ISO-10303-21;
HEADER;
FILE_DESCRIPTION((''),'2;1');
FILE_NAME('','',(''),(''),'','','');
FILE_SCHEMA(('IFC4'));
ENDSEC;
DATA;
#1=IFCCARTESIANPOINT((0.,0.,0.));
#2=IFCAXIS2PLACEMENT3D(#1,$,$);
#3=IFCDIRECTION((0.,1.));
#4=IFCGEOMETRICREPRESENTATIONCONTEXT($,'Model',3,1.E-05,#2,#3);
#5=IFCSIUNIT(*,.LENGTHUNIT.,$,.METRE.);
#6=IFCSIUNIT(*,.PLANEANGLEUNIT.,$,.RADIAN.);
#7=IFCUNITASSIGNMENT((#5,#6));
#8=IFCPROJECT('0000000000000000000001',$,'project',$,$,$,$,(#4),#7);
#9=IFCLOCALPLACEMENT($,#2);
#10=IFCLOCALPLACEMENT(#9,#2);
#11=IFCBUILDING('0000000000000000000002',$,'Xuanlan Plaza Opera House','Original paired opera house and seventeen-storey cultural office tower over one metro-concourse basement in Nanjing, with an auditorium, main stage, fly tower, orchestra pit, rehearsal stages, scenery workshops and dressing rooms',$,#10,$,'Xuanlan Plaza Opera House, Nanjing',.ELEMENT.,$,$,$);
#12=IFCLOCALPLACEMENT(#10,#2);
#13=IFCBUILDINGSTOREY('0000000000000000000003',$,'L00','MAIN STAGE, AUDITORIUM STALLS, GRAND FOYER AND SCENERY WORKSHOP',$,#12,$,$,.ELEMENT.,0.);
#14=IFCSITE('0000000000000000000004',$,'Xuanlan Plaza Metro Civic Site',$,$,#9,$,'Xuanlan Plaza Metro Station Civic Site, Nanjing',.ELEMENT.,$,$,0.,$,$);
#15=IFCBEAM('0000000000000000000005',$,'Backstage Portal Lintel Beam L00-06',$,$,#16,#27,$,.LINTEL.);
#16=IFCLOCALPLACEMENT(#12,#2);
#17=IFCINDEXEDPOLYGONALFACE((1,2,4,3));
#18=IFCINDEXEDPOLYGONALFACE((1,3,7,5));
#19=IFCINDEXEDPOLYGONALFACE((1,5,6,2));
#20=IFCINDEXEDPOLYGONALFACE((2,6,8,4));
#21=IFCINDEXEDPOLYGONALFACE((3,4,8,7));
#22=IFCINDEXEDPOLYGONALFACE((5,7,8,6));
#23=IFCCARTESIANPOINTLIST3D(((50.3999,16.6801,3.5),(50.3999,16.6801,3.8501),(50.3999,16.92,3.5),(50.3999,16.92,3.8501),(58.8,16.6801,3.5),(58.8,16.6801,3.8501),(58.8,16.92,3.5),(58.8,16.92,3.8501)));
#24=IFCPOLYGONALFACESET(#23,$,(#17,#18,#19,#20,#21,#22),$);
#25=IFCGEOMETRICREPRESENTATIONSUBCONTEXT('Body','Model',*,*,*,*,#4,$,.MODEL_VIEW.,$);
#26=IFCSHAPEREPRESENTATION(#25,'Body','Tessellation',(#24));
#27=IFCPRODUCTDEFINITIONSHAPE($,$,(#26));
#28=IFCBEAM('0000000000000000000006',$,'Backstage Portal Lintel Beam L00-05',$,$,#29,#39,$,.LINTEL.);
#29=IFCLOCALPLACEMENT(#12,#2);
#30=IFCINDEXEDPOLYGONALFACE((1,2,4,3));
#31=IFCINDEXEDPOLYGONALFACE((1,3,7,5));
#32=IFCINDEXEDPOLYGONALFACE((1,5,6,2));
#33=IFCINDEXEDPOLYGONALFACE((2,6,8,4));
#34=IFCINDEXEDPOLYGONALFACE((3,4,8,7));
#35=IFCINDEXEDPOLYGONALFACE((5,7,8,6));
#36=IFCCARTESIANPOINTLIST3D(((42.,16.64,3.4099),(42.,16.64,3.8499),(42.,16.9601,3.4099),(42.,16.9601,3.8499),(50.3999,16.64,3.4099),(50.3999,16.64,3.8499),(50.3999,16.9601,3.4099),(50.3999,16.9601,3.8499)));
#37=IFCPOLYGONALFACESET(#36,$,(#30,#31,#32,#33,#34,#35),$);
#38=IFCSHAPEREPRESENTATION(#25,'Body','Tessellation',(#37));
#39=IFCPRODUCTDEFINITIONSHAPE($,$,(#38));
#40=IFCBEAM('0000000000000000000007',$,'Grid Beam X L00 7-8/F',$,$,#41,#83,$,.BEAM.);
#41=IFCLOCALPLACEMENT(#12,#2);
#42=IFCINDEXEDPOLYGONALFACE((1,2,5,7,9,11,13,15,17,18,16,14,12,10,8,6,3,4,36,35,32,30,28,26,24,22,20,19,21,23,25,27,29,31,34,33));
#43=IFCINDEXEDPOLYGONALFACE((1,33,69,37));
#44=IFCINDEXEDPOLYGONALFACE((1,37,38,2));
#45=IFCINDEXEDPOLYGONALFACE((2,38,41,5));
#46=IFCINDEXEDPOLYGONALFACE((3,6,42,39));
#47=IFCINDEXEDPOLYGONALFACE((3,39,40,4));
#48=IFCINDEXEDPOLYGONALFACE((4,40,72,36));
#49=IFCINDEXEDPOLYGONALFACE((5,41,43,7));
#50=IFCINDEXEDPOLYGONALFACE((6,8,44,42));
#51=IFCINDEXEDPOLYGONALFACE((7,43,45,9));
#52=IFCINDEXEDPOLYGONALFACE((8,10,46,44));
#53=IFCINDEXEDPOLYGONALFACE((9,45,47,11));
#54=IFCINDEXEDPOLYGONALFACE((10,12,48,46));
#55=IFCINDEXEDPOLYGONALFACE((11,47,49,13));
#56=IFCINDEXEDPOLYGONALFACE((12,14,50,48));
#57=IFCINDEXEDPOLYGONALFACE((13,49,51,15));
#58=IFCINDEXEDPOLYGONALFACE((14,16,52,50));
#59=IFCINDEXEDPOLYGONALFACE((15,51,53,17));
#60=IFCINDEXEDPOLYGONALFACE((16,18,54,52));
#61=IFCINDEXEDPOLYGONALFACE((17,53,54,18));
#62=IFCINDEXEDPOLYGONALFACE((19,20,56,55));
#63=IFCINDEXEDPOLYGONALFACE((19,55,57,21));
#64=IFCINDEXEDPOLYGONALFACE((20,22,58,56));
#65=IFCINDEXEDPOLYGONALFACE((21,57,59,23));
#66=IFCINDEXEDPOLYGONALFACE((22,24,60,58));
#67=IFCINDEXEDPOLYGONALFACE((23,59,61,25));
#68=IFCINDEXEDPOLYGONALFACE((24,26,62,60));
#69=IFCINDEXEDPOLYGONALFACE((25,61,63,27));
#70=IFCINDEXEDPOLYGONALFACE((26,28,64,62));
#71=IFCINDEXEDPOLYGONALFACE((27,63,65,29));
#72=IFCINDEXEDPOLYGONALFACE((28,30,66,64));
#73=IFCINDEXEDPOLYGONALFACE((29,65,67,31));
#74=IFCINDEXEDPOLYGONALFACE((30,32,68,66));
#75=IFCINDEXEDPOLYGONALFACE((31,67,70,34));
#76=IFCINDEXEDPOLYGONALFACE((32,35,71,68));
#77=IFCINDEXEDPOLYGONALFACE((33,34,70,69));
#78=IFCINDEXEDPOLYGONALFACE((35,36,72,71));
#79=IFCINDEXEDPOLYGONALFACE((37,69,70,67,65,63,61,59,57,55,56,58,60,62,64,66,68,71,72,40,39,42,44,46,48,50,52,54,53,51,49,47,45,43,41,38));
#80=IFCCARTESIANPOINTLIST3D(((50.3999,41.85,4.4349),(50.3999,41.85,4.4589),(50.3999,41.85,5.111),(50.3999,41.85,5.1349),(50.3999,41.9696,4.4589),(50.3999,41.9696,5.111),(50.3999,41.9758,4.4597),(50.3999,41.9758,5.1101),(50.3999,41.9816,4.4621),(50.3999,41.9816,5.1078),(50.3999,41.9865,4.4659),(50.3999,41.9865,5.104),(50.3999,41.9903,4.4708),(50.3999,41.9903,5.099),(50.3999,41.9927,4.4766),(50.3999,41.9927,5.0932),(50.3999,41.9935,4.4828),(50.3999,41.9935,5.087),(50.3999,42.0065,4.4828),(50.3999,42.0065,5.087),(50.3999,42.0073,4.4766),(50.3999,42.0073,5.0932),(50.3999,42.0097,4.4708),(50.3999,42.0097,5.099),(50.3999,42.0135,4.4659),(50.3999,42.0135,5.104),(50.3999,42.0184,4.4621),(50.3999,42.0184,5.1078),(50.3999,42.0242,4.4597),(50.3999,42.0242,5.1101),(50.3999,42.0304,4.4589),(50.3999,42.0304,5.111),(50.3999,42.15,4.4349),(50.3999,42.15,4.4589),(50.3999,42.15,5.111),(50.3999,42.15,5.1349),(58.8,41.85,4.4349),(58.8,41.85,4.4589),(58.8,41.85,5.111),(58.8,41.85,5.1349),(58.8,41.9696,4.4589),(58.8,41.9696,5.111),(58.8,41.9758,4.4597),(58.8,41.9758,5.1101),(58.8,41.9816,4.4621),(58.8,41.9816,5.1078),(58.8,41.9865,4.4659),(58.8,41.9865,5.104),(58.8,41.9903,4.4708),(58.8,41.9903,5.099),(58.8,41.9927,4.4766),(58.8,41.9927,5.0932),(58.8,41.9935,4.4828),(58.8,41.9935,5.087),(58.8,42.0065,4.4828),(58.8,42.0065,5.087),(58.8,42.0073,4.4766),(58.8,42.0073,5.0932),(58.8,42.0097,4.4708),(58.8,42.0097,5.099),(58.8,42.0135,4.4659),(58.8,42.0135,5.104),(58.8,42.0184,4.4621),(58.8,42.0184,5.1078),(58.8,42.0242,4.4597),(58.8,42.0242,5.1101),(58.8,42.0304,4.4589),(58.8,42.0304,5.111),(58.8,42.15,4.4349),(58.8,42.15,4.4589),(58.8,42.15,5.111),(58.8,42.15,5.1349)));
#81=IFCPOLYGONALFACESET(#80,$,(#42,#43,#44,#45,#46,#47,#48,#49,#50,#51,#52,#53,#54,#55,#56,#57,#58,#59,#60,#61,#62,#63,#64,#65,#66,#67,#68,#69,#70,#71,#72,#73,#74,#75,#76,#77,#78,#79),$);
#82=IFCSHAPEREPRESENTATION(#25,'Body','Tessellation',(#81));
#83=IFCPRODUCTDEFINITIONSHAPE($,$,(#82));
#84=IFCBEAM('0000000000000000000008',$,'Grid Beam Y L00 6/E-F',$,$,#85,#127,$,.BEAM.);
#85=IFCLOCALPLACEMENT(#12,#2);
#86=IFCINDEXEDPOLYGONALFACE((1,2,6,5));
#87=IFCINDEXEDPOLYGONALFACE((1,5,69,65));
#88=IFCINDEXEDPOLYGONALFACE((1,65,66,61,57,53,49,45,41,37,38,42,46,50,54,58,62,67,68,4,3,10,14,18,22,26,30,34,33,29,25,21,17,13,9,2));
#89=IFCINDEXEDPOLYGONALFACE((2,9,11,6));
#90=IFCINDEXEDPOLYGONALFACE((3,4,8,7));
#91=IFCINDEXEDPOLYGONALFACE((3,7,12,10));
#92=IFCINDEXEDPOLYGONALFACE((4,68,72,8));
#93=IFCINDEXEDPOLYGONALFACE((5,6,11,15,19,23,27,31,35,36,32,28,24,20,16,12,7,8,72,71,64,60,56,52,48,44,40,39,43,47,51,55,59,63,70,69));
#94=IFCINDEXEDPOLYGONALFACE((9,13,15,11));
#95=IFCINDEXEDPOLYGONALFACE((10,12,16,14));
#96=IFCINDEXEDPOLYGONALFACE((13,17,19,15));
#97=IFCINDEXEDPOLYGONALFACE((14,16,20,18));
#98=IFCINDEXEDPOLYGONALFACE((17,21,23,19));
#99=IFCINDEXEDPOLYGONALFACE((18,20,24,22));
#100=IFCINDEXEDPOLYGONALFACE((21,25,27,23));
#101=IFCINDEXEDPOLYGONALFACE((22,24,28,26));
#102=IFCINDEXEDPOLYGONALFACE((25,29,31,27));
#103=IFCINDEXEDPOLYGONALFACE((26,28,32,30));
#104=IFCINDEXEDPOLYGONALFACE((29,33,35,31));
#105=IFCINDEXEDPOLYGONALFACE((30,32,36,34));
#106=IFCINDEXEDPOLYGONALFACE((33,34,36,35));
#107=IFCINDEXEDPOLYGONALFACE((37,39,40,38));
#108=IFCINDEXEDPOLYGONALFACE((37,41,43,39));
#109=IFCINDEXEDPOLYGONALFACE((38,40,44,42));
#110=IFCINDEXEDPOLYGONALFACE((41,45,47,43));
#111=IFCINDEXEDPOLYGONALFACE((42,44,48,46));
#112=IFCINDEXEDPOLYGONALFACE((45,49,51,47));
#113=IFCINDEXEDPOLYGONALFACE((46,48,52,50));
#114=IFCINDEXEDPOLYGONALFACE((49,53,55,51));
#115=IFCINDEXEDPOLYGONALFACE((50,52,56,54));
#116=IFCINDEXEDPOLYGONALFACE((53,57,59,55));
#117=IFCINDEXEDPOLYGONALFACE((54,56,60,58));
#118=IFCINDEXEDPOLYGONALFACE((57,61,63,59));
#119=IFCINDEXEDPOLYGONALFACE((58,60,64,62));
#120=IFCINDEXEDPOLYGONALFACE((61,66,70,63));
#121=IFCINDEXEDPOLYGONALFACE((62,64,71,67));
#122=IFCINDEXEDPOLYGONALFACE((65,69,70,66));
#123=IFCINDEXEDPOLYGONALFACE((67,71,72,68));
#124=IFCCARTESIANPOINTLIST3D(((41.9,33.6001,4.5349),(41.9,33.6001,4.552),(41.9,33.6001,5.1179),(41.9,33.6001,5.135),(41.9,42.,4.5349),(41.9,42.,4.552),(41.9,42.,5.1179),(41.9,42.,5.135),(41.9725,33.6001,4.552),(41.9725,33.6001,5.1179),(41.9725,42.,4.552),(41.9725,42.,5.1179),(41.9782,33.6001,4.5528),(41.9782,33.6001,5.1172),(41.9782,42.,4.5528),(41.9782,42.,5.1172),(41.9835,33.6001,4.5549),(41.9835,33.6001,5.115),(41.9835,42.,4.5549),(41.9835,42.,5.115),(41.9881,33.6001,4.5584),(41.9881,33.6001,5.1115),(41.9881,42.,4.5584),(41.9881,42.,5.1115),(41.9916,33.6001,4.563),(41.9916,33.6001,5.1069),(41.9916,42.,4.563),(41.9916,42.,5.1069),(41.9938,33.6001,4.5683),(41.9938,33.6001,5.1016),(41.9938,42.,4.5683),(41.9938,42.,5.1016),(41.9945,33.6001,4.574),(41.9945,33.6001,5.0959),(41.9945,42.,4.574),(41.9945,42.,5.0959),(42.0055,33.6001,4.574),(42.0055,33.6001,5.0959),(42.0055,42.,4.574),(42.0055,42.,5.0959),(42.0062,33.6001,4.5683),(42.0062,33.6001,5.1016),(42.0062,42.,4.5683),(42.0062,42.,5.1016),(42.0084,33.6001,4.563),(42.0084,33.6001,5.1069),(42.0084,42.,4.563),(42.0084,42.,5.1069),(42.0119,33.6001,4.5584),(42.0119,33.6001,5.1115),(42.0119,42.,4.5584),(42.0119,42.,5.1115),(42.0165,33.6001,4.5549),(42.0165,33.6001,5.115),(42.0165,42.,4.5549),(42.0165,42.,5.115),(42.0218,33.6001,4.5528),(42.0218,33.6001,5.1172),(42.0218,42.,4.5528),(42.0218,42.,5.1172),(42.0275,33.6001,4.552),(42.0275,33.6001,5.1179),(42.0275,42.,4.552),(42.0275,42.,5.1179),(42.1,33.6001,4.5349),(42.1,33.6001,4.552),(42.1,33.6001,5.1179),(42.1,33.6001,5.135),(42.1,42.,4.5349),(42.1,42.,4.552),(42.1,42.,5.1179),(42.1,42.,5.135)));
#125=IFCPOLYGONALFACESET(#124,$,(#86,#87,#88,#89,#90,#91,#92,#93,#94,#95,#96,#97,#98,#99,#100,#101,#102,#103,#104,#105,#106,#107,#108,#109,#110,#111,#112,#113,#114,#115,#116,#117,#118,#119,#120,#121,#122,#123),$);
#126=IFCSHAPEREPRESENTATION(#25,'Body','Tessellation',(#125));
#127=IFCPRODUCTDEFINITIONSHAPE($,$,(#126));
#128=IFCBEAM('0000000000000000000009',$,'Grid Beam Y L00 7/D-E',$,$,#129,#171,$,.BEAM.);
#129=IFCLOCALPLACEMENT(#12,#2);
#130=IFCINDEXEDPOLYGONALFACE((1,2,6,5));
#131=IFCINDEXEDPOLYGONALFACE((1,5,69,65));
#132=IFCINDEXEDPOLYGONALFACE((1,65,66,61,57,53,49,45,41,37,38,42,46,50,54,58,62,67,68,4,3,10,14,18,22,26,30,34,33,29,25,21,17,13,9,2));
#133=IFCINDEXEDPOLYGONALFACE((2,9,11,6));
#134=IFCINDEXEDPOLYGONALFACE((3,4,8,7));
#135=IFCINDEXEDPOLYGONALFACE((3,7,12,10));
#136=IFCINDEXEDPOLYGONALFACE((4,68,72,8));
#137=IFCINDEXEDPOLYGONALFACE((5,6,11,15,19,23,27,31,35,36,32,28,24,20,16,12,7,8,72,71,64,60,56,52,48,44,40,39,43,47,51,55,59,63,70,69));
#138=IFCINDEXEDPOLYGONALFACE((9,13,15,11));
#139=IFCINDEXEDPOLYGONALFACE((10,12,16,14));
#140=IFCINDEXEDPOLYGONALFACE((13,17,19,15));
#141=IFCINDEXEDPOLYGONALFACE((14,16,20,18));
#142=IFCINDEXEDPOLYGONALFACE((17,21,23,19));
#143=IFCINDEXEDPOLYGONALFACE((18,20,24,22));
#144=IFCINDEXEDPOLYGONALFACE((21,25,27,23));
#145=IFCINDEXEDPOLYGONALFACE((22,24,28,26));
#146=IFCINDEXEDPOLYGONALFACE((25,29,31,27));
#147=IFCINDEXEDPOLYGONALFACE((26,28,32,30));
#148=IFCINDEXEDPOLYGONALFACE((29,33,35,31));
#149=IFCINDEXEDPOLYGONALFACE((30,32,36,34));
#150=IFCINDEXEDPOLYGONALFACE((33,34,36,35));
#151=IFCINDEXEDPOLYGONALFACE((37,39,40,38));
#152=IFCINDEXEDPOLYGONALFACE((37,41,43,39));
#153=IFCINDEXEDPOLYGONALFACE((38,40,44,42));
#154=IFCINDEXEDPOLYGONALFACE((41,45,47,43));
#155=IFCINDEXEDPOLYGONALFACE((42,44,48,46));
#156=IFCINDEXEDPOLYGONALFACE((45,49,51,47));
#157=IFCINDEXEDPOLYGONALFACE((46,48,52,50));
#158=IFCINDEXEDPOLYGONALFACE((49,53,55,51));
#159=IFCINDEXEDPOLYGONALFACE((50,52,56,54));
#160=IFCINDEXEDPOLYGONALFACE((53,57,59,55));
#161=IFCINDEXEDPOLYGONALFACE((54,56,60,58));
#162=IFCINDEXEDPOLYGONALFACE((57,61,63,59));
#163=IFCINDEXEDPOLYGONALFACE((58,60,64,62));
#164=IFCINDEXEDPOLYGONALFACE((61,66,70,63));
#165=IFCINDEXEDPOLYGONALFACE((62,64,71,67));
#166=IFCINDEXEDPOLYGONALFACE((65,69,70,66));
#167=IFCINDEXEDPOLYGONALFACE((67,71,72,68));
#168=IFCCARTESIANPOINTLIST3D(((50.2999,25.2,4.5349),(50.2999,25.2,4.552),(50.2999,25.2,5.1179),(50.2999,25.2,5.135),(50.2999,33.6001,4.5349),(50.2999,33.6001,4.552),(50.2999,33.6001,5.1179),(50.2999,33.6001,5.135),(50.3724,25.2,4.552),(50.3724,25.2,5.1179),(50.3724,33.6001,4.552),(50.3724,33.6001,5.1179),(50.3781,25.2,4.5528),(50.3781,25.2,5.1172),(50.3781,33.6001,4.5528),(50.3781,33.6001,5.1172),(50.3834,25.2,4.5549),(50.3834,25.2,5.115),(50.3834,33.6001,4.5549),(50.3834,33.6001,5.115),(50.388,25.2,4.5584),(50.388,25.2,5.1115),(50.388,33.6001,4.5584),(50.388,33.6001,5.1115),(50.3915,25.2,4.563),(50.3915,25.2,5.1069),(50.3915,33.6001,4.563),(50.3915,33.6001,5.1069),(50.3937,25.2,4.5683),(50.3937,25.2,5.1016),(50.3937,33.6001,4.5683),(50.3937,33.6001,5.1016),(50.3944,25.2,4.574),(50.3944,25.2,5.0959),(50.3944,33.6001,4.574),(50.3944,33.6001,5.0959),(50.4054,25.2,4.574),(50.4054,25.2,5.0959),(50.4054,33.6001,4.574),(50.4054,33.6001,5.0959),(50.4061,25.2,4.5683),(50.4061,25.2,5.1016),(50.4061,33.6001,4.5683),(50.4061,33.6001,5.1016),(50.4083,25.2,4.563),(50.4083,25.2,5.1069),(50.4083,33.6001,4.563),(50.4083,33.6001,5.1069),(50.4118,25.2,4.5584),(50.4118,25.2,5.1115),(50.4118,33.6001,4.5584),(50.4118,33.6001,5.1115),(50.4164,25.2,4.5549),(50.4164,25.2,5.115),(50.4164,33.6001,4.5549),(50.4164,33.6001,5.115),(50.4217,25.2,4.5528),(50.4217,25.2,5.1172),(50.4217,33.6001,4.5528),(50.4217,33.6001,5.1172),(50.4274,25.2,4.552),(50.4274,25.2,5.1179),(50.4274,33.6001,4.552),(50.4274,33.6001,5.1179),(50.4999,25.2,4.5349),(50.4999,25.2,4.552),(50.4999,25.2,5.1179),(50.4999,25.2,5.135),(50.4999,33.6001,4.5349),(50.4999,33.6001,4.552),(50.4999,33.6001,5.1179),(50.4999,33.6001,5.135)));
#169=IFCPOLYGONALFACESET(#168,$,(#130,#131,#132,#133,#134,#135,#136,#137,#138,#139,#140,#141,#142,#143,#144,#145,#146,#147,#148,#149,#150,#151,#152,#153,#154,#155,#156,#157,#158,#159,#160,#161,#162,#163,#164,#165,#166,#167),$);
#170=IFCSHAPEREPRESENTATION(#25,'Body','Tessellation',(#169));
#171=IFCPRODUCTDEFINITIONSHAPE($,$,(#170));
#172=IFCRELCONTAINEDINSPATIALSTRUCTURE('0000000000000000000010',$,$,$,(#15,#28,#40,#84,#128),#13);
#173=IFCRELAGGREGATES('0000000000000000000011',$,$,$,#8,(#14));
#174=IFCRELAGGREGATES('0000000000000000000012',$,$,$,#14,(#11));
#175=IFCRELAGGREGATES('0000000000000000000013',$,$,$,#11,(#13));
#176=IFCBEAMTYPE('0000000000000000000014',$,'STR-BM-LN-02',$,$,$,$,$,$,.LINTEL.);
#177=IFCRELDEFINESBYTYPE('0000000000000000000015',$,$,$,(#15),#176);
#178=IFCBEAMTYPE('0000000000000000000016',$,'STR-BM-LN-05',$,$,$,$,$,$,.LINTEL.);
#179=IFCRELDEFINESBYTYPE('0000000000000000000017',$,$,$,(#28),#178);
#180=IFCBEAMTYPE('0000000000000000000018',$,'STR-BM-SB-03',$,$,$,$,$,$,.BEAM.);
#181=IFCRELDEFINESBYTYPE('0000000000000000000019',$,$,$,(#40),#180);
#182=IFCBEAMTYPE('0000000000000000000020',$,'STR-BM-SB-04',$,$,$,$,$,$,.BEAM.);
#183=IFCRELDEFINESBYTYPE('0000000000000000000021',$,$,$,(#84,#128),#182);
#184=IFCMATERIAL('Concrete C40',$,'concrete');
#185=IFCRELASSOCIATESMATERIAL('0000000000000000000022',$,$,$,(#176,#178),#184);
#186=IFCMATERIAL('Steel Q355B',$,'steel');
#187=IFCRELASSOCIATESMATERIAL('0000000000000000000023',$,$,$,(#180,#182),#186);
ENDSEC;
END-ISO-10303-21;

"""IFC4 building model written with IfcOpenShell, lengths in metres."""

from ifc_helpers import new_model, si_unit, direction, frame, origin, origin_2d, place, context, subcontext, project, spatial, rectangle, i_section, extrude, material, material_profile, profile_set, type_object, element, save


model = new_model("IFC4")

# Units and contexts
model_context = context("Model", 3, precision=1e-05, world=origin(), true_north=direction((0.0, 1.0)))
body_context = subcontext(model_context, "Body", "Model", "MODEL_VIEW")
ifc_project = project(units=[si_unit("LENGTHUNIT", "METRE"), si_unit("PLANEANGLEUNIT", "RADIAN")], contexts=[model_context])

# Site, building, storey
site_placement = place(None, origin())
site = spatial("IfcSite", under=ifc_project, at=site_placement, Name="Xuanlan Plaza Metro Civic Site", LongName="Xuanlan Plaza Metro Station Civic Site, Nanjing", CompositionType="ELEMENT", RefElevation=0.0)
building_placement = place(site_placement, origin())
building = spatial("IfcBuilding", under=site, at=building_placement, Name="Xuanlan Plaza Opera House", Description="Original paired opera house and seventeen-storey cultural office tower over one metro-concourse basement in Nanjing, with an auditorium, main stage, fly tower, orchestra pit, rehearsal stages, scenery workshops and dressing rooms", LongName="Xuanlan Plaza Opera House, Nanjing", CompositionType="ELEMENT")
storey_placement = place(building_placement, origin())
storey = spatial("IfcBuildingStorey", under=building, at=storey_placement, Name="L00", Description="MAIN STAGE, AUDITORIUM STALLS, GRAND FOYER AND SCENERY WORKSHOP", CompositionType="ELEMENT", Elevation=0.0)

# Shared definitions
ifc_material_1 = material(Name="Concrete C40", Category="concrete")

# Beams
ifc_material_profile_1 = material_profile(ifc_material_1, rectangle(XDim=0.24, YDim=0.3501, at=origin_2d()), Name="RC-LNT 240x350")
ifc_profile_set_1 = profile_set([ifc_material_profile_1], Name="Concrete C40")
beam_type_1 = type_object("IfcBeamType", Name="STR-BM-LN-02", PredefinedType="LINTEL", material=ifc_profile_set_1)
beam_1_placement = place(storey_placement, frame((50.3999, 16.8, 3.675), z_axis=(1.0, 0.0, 0.0), x_axis=(0.0, 1.0, 0.0)))
element("IfcBeam", 1, at=beam_1_placement, inside=storey, type_object=beam_type_1, Name="Backstage Portal Lintel Beam L00-06", PredefinedType="LINTEL", context=body_context, shape_type="SweptSolid", body=[
    extrude(rectangle(XDim=0.24, YDim=0.3501, at=origin_2d()), origin(), (0.0, 0.0, 1.0), 8.4001),
])
ifc_material_profile_2 = material_profile(ifc_material_1, rectangle(XDim=0.3201, YDim=0.4399, at=origin_2d()), Name="RC-LNT 320x440")
ifc_profile_set_2 = profile_set([ifc_material_profile_2], Name="Concrete C40")
beam_type_2 = type_object("IfcBeamType", Name="STR-BM-LN-05", PredefinedType="LINTEL", material=ifc_profile_set_2)
beam_2_placement = place(storey_placement, frame((42.0, 16.8, 3.6299), z_axis=(1.0, 0.0, 0.0), x_axis=(0.0, 1.0, 0.0)))
element("IfcBeam", 2, at=beam_2_placement, inside=storey, type_object=beam_type_2, Name="Backstage Portal Lintel Beam L00-05", PredefinedType="LINTEL", context=body_context, shape_type="SweptSolid", body=[
    extrude(rectangle(XDim=0.3201, YDim=0.4399, at=origin_2d()), origin(), (0.0, 0.0, 1.0), 8.3999),
])
ifc_material_2 = material(Name="Steel Q355B", Category="steel")
ifc_material_profile_3 = material_profile(ifc_material_2, i_section(OverallWidth=0.3, OverallDepth=0.7, WebThickness=0.0129, FlangeThickness=0.0239, FilletRadius=0.0239, at=origin_2d()), Name="HN 700x300x13x24")
ifc_profile_set_3 = profile_set([ifc_material_profile_3], Name="Steel Q355B")
beam_type_3 = type_object("IfcBeamType", Name="STR-BM-SB-03", PredefinedType="BEAM", material=ifc_profile_set_3)
beam_3_placement = place(storey_placement, frame((50.3999, 42.0, 4.7849), z_axis=(1.0, 0.0, 0.0), x_axis=(0.0, 1.0, 0.0)))
element("IfcBeam", 3, at=beam_3_placement, inside=storey, type_object=beam_type_3, Name="Grid Beam X L00 7-8/F", PredefinedType="BEAM", context=body_context, shape_type="SweptSolid", body=[
    extrude(i_section(OverallWidth=0.3, OverallDepth=0.7, WebThickness=0.0129, FlangeThickness=0.0239, FilletRadius=0.0239, at=origin_2d()), origin(), (0.0, 0.0, 1.0), 8.4001),
])
ifc_material_profile_4 = material_profile(ifc_material_2, i_section(OverallWidth=0.2, OverallDepth=0.6001, WebThickness=0.011, FlangeThickness=0.0171, FilletRadius=0.022, at=origin_2d()), Name="HN 600x200x11x17")
ifc_profile_set_4 = profile_set([ifc_material_profile_4], Name="Steel Q355B")
beam_type_4 = type_object("IfcBeamType", Name="STR-BM-SB-04", PredefinedType="BEAM", material=ifc_profile_set_4)
beam_4_placement = place(storey_placement, frame((42.0, 33.6001, 4.835), z_axis=(0.0, 1.0, 0.0), x_axis=(-1.0, 0.0, 0.0)))
element("IfcBeam", 4, at=beam_4_placement, inside=storey, type_object=beam_type_4, Name="Grid Beam Y L00 6/E-F", PredefinedType="BEAM", context=body_context, shape_type="SweptSolid", body=[
    extrude(i_section(OverallWidth=0.2, OverallDepth=0.6001, WebThickness=0.011, FlangeThickness=0.0171, FilletRadius=0.022, at=origin_2d()), origin(), (0.0, 0.0, 1.0), 8.3999),
])
beam_5_placement = place(storey_placement, frame((50.3999, 25.2, 4.835), z_axis=(0.0, 1.0, 0.0), x_axis=(-1.0, 0.0, 0.0)))
element("IfcBeam", 5, at=beam_5_placement, inside=storey, type_object=beam_type_4, Name="Grid Beam Y L00 7/D-E", PredefinedType="BEAM", context=body_context, shape_type="SweptSolid", body=[
    extrude(i_section(OverallWidth=0.2, OverallDepth=0.6001, WebThickness=0.011, FlangeThickness=0.0171, FilletRadius=0.022, at=origin_2d()), origin(), (0.0, 0.0, 1.0), 8.4001),
])

save(model, "model.ifc")
